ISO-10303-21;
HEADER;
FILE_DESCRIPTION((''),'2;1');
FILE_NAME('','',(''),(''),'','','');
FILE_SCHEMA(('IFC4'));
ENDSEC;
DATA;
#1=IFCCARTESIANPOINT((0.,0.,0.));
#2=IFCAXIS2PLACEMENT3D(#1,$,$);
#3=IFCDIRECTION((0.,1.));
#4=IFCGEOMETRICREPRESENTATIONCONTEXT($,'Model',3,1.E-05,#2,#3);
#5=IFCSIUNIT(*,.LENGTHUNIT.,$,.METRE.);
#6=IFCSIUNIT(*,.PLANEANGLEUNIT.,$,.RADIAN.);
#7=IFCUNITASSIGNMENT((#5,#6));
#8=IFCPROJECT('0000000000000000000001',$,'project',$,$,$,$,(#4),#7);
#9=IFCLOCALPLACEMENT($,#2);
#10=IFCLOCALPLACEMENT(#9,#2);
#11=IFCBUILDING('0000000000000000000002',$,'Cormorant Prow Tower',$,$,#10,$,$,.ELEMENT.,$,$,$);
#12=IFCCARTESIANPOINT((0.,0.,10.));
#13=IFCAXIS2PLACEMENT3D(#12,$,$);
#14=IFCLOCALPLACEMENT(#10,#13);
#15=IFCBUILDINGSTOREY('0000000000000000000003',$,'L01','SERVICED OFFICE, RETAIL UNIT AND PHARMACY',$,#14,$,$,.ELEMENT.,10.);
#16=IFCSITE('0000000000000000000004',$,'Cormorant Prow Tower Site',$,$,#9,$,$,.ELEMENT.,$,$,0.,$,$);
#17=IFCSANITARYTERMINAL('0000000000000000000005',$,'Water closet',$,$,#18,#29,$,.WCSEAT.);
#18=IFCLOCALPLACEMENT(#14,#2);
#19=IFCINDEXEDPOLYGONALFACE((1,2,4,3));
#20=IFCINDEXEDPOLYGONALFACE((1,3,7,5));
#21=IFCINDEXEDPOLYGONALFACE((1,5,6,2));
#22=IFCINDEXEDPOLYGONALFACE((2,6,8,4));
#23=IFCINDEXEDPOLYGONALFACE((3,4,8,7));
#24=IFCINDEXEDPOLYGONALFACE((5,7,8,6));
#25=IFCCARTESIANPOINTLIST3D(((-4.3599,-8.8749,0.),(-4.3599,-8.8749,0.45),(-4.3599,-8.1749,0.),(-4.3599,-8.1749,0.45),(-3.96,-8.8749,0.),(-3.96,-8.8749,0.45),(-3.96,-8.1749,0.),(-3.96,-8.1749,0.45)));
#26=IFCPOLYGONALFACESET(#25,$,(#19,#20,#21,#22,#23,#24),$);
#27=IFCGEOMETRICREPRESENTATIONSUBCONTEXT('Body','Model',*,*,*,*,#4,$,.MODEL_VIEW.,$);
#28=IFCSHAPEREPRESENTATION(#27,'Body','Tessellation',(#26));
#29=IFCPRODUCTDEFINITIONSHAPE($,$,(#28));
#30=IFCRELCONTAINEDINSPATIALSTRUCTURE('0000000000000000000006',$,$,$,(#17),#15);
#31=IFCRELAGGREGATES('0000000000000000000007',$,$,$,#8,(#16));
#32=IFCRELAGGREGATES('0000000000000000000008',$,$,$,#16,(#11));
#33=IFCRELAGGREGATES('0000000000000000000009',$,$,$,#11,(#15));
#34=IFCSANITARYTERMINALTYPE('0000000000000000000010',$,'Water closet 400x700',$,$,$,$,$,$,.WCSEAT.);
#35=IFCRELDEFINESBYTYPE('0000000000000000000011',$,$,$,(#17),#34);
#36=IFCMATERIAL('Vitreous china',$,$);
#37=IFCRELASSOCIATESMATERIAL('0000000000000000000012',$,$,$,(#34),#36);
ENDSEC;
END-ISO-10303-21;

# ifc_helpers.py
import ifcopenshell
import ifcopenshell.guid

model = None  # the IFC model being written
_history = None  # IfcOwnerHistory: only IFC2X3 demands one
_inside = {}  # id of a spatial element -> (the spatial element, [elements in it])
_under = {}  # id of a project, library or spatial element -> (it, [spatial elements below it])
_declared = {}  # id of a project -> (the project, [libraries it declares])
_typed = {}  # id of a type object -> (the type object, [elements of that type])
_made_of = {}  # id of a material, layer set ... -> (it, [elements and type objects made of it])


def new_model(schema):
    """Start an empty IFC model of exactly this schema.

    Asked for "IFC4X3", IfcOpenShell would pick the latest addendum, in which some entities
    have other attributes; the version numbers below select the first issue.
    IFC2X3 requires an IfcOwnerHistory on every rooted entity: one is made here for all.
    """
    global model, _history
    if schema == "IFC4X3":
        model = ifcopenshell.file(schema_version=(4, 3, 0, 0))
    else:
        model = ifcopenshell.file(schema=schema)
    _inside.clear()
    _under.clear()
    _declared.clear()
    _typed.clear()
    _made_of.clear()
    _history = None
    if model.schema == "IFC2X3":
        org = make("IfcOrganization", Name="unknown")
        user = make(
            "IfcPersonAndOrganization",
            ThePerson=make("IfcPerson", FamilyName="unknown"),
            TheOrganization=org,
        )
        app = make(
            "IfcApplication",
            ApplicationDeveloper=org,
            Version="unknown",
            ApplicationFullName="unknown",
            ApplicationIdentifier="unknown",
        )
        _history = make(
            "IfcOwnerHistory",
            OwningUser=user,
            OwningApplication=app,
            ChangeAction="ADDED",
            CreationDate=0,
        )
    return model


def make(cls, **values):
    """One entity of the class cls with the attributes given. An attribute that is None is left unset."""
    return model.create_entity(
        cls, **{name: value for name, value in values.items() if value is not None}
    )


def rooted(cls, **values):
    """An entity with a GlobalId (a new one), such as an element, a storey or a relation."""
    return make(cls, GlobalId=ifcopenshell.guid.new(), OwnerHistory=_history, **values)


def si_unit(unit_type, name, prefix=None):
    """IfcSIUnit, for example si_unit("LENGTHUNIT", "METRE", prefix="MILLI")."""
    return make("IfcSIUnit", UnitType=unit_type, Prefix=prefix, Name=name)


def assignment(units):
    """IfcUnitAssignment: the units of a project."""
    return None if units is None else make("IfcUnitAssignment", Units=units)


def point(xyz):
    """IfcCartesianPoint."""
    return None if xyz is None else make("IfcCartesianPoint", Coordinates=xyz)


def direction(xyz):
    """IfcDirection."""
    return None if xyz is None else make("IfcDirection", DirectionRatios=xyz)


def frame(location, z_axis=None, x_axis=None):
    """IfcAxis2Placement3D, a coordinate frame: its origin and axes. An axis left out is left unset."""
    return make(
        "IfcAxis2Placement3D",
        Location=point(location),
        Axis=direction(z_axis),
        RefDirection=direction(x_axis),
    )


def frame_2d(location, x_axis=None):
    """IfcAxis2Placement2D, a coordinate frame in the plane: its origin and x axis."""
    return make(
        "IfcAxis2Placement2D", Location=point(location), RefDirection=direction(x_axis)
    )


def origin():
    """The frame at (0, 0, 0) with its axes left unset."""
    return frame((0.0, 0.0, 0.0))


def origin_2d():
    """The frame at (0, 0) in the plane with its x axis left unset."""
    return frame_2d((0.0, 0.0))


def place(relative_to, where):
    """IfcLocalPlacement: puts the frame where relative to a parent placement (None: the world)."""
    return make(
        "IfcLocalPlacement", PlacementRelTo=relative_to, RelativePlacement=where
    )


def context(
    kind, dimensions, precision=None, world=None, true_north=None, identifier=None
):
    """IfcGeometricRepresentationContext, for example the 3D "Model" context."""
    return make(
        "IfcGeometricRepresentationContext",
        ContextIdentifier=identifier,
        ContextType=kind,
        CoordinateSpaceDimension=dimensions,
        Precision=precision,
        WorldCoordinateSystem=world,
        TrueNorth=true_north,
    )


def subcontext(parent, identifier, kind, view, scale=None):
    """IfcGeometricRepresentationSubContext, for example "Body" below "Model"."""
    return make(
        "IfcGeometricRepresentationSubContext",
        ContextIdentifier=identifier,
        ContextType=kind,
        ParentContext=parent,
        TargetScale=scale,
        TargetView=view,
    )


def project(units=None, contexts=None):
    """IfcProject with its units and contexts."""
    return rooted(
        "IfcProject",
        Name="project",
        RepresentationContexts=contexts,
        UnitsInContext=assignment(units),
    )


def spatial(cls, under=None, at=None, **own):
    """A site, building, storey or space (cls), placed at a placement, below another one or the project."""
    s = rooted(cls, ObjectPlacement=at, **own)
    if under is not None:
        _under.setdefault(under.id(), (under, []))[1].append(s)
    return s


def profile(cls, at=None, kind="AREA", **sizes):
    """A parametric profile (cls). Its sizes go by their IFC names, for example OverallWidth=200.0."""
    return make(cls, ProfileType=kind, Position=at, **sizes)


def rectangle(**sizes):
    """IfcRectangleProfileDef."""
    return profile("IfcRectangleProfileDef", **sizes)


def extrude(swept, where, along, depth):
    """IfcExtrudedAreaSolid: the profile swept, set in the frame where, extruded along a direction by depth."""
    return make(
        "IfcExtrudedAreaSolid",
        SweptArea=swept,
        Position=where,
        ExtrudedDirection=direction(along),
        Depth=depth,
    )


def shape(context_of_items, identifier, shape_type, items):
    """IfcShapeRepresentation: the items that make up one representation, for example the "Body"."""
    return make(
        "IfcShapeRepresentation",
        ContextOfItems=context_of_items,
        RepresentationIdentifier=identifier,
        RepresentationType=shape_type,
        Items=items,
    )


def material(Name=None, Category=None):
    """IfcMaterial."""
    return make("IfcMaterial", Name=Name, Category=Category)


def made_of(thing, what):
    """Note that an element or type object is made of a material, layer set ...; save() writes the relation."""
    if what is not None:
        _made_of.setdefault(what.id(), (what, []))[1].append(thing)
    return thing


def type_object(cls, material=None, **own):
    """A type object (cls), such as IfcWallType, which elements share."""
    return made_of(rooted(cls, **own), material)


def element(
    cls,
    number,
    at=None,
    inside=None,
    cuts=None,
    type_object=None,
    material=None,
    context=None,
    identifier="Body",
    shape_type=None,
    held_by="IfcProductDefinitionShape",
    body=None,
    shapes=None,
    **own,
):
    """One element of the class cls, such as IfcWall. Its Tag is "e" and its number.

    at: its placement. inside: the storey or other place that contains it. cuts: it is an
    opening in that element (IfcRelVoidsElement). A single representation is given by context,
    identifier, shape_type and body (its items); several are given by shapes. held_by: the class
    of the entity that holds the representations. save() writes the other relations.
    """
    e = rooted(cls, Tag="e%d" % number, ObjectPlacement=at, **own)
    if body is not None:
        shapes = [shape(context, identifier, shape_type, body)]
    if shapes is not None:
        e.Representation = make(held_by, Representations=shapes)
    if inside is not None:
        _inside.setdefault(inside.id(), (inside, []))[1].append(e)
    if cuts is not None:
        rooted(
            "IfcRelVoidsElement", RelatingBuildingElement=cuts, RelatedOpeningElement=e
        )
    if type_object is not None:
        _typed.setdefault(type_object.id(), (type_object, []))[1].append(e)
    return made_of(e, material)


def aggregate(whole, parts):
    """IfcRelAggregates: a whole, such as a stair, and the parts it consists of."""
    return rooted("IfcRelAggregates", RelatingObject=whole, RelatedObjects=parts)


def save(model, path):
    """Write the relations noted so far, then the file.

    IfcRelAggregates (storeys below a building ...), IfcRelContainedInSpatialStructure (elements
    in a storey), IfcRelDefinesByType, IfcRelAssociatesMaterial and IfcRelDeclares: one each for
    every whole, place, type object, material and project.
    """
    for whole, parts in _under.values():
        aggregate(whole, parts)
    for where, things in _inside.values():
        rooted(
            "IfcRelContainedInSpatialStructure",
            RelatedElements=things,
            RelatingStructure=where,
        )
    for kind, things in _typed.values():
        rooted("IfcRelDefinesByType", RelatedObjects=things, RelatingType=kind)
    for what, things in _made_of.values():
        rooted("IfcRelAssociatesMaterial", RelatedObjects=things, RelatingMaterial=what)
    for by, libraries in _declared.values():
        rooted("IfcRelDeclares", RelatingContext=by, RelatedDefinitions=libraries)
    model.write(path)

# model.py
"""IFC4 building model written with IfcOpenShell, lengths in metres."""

from ifc_helpers import new_model, si_unit, direction, frame, origin, origin_2d, place, context, subcontext, project, spatial, rectangle, extrude, material, type_object, element, save


model = new_model("IFC4")

# Units and contexts
model_context = context("Model", 3, precision=1e-05, world=origin(), true_north=direction((0.0, 1.0)))
body_context = subcontext(model_context, "Body", "Model", "MODEL_VIEW")
ifc_project = project(units=[si_unit("LENGTHUNIT", "METRE"), si_unit("PLANEANGLEUNIT", "RADIAN")], contexts=[model_context])

# Site, building, storey
site_placement = place(None, origin())
site = spatial("IfcSite", under=ifc_project, at=site_placement, Name="Cormorant Prow Tower Site", CompositionType="ELEMENT", RefElevation=0.0)
building_placement = place(site_placement, origin())
building = spatial("IfcBuilding", under=site, at=building_placement, Name="Cormorant Prow Tower", CompositionType="ELEMENT")
storey_placement = place(building_placement, frame((0.0, 0.0, 10.0)))
storey = spatial("IfcBuildingStorey", under=building, at=storey_placement, Name="L01", Description="SERVICED OFFICE, RETAIL UNIT AND PHARMACY", CompositionType="ELEMENT", Elevation=10.0)

# Sanitary terminal
ifc_material_1 = material(Name="Vitreous china")
sanitary_terminal_type_1 = type_object("IfcSanitaryTerminalType", Name="Water closet 400x700", PredefinedType="WCSEAT", material=ifc_material_1)
for number, where, z_axis, x_axis, name in (
    (1, (-4.1599, -8.5249, 0.0), (0.0, 0.0, 1.0), (1.0, 0.0, 0.0), "Water closet"),
):
    element("IfcSanitaryTerminal", number, at=place(storey_placement, frame(where, z_axis=z_axis, x_axis=x_axis)), inside=storey, type_object=sanitary_terminal_type_1, Name=name, PredefinedType="WCSEAT", context=body_context, shape_type="SweptSolid", body=[
        extrude(rectangle(XDim=0.3999, YDim=0.7, at=origin_2d()), origin(), (0.0, 0.0, 1.0), 0.45),
    ])

save(model, "model.ifc")
